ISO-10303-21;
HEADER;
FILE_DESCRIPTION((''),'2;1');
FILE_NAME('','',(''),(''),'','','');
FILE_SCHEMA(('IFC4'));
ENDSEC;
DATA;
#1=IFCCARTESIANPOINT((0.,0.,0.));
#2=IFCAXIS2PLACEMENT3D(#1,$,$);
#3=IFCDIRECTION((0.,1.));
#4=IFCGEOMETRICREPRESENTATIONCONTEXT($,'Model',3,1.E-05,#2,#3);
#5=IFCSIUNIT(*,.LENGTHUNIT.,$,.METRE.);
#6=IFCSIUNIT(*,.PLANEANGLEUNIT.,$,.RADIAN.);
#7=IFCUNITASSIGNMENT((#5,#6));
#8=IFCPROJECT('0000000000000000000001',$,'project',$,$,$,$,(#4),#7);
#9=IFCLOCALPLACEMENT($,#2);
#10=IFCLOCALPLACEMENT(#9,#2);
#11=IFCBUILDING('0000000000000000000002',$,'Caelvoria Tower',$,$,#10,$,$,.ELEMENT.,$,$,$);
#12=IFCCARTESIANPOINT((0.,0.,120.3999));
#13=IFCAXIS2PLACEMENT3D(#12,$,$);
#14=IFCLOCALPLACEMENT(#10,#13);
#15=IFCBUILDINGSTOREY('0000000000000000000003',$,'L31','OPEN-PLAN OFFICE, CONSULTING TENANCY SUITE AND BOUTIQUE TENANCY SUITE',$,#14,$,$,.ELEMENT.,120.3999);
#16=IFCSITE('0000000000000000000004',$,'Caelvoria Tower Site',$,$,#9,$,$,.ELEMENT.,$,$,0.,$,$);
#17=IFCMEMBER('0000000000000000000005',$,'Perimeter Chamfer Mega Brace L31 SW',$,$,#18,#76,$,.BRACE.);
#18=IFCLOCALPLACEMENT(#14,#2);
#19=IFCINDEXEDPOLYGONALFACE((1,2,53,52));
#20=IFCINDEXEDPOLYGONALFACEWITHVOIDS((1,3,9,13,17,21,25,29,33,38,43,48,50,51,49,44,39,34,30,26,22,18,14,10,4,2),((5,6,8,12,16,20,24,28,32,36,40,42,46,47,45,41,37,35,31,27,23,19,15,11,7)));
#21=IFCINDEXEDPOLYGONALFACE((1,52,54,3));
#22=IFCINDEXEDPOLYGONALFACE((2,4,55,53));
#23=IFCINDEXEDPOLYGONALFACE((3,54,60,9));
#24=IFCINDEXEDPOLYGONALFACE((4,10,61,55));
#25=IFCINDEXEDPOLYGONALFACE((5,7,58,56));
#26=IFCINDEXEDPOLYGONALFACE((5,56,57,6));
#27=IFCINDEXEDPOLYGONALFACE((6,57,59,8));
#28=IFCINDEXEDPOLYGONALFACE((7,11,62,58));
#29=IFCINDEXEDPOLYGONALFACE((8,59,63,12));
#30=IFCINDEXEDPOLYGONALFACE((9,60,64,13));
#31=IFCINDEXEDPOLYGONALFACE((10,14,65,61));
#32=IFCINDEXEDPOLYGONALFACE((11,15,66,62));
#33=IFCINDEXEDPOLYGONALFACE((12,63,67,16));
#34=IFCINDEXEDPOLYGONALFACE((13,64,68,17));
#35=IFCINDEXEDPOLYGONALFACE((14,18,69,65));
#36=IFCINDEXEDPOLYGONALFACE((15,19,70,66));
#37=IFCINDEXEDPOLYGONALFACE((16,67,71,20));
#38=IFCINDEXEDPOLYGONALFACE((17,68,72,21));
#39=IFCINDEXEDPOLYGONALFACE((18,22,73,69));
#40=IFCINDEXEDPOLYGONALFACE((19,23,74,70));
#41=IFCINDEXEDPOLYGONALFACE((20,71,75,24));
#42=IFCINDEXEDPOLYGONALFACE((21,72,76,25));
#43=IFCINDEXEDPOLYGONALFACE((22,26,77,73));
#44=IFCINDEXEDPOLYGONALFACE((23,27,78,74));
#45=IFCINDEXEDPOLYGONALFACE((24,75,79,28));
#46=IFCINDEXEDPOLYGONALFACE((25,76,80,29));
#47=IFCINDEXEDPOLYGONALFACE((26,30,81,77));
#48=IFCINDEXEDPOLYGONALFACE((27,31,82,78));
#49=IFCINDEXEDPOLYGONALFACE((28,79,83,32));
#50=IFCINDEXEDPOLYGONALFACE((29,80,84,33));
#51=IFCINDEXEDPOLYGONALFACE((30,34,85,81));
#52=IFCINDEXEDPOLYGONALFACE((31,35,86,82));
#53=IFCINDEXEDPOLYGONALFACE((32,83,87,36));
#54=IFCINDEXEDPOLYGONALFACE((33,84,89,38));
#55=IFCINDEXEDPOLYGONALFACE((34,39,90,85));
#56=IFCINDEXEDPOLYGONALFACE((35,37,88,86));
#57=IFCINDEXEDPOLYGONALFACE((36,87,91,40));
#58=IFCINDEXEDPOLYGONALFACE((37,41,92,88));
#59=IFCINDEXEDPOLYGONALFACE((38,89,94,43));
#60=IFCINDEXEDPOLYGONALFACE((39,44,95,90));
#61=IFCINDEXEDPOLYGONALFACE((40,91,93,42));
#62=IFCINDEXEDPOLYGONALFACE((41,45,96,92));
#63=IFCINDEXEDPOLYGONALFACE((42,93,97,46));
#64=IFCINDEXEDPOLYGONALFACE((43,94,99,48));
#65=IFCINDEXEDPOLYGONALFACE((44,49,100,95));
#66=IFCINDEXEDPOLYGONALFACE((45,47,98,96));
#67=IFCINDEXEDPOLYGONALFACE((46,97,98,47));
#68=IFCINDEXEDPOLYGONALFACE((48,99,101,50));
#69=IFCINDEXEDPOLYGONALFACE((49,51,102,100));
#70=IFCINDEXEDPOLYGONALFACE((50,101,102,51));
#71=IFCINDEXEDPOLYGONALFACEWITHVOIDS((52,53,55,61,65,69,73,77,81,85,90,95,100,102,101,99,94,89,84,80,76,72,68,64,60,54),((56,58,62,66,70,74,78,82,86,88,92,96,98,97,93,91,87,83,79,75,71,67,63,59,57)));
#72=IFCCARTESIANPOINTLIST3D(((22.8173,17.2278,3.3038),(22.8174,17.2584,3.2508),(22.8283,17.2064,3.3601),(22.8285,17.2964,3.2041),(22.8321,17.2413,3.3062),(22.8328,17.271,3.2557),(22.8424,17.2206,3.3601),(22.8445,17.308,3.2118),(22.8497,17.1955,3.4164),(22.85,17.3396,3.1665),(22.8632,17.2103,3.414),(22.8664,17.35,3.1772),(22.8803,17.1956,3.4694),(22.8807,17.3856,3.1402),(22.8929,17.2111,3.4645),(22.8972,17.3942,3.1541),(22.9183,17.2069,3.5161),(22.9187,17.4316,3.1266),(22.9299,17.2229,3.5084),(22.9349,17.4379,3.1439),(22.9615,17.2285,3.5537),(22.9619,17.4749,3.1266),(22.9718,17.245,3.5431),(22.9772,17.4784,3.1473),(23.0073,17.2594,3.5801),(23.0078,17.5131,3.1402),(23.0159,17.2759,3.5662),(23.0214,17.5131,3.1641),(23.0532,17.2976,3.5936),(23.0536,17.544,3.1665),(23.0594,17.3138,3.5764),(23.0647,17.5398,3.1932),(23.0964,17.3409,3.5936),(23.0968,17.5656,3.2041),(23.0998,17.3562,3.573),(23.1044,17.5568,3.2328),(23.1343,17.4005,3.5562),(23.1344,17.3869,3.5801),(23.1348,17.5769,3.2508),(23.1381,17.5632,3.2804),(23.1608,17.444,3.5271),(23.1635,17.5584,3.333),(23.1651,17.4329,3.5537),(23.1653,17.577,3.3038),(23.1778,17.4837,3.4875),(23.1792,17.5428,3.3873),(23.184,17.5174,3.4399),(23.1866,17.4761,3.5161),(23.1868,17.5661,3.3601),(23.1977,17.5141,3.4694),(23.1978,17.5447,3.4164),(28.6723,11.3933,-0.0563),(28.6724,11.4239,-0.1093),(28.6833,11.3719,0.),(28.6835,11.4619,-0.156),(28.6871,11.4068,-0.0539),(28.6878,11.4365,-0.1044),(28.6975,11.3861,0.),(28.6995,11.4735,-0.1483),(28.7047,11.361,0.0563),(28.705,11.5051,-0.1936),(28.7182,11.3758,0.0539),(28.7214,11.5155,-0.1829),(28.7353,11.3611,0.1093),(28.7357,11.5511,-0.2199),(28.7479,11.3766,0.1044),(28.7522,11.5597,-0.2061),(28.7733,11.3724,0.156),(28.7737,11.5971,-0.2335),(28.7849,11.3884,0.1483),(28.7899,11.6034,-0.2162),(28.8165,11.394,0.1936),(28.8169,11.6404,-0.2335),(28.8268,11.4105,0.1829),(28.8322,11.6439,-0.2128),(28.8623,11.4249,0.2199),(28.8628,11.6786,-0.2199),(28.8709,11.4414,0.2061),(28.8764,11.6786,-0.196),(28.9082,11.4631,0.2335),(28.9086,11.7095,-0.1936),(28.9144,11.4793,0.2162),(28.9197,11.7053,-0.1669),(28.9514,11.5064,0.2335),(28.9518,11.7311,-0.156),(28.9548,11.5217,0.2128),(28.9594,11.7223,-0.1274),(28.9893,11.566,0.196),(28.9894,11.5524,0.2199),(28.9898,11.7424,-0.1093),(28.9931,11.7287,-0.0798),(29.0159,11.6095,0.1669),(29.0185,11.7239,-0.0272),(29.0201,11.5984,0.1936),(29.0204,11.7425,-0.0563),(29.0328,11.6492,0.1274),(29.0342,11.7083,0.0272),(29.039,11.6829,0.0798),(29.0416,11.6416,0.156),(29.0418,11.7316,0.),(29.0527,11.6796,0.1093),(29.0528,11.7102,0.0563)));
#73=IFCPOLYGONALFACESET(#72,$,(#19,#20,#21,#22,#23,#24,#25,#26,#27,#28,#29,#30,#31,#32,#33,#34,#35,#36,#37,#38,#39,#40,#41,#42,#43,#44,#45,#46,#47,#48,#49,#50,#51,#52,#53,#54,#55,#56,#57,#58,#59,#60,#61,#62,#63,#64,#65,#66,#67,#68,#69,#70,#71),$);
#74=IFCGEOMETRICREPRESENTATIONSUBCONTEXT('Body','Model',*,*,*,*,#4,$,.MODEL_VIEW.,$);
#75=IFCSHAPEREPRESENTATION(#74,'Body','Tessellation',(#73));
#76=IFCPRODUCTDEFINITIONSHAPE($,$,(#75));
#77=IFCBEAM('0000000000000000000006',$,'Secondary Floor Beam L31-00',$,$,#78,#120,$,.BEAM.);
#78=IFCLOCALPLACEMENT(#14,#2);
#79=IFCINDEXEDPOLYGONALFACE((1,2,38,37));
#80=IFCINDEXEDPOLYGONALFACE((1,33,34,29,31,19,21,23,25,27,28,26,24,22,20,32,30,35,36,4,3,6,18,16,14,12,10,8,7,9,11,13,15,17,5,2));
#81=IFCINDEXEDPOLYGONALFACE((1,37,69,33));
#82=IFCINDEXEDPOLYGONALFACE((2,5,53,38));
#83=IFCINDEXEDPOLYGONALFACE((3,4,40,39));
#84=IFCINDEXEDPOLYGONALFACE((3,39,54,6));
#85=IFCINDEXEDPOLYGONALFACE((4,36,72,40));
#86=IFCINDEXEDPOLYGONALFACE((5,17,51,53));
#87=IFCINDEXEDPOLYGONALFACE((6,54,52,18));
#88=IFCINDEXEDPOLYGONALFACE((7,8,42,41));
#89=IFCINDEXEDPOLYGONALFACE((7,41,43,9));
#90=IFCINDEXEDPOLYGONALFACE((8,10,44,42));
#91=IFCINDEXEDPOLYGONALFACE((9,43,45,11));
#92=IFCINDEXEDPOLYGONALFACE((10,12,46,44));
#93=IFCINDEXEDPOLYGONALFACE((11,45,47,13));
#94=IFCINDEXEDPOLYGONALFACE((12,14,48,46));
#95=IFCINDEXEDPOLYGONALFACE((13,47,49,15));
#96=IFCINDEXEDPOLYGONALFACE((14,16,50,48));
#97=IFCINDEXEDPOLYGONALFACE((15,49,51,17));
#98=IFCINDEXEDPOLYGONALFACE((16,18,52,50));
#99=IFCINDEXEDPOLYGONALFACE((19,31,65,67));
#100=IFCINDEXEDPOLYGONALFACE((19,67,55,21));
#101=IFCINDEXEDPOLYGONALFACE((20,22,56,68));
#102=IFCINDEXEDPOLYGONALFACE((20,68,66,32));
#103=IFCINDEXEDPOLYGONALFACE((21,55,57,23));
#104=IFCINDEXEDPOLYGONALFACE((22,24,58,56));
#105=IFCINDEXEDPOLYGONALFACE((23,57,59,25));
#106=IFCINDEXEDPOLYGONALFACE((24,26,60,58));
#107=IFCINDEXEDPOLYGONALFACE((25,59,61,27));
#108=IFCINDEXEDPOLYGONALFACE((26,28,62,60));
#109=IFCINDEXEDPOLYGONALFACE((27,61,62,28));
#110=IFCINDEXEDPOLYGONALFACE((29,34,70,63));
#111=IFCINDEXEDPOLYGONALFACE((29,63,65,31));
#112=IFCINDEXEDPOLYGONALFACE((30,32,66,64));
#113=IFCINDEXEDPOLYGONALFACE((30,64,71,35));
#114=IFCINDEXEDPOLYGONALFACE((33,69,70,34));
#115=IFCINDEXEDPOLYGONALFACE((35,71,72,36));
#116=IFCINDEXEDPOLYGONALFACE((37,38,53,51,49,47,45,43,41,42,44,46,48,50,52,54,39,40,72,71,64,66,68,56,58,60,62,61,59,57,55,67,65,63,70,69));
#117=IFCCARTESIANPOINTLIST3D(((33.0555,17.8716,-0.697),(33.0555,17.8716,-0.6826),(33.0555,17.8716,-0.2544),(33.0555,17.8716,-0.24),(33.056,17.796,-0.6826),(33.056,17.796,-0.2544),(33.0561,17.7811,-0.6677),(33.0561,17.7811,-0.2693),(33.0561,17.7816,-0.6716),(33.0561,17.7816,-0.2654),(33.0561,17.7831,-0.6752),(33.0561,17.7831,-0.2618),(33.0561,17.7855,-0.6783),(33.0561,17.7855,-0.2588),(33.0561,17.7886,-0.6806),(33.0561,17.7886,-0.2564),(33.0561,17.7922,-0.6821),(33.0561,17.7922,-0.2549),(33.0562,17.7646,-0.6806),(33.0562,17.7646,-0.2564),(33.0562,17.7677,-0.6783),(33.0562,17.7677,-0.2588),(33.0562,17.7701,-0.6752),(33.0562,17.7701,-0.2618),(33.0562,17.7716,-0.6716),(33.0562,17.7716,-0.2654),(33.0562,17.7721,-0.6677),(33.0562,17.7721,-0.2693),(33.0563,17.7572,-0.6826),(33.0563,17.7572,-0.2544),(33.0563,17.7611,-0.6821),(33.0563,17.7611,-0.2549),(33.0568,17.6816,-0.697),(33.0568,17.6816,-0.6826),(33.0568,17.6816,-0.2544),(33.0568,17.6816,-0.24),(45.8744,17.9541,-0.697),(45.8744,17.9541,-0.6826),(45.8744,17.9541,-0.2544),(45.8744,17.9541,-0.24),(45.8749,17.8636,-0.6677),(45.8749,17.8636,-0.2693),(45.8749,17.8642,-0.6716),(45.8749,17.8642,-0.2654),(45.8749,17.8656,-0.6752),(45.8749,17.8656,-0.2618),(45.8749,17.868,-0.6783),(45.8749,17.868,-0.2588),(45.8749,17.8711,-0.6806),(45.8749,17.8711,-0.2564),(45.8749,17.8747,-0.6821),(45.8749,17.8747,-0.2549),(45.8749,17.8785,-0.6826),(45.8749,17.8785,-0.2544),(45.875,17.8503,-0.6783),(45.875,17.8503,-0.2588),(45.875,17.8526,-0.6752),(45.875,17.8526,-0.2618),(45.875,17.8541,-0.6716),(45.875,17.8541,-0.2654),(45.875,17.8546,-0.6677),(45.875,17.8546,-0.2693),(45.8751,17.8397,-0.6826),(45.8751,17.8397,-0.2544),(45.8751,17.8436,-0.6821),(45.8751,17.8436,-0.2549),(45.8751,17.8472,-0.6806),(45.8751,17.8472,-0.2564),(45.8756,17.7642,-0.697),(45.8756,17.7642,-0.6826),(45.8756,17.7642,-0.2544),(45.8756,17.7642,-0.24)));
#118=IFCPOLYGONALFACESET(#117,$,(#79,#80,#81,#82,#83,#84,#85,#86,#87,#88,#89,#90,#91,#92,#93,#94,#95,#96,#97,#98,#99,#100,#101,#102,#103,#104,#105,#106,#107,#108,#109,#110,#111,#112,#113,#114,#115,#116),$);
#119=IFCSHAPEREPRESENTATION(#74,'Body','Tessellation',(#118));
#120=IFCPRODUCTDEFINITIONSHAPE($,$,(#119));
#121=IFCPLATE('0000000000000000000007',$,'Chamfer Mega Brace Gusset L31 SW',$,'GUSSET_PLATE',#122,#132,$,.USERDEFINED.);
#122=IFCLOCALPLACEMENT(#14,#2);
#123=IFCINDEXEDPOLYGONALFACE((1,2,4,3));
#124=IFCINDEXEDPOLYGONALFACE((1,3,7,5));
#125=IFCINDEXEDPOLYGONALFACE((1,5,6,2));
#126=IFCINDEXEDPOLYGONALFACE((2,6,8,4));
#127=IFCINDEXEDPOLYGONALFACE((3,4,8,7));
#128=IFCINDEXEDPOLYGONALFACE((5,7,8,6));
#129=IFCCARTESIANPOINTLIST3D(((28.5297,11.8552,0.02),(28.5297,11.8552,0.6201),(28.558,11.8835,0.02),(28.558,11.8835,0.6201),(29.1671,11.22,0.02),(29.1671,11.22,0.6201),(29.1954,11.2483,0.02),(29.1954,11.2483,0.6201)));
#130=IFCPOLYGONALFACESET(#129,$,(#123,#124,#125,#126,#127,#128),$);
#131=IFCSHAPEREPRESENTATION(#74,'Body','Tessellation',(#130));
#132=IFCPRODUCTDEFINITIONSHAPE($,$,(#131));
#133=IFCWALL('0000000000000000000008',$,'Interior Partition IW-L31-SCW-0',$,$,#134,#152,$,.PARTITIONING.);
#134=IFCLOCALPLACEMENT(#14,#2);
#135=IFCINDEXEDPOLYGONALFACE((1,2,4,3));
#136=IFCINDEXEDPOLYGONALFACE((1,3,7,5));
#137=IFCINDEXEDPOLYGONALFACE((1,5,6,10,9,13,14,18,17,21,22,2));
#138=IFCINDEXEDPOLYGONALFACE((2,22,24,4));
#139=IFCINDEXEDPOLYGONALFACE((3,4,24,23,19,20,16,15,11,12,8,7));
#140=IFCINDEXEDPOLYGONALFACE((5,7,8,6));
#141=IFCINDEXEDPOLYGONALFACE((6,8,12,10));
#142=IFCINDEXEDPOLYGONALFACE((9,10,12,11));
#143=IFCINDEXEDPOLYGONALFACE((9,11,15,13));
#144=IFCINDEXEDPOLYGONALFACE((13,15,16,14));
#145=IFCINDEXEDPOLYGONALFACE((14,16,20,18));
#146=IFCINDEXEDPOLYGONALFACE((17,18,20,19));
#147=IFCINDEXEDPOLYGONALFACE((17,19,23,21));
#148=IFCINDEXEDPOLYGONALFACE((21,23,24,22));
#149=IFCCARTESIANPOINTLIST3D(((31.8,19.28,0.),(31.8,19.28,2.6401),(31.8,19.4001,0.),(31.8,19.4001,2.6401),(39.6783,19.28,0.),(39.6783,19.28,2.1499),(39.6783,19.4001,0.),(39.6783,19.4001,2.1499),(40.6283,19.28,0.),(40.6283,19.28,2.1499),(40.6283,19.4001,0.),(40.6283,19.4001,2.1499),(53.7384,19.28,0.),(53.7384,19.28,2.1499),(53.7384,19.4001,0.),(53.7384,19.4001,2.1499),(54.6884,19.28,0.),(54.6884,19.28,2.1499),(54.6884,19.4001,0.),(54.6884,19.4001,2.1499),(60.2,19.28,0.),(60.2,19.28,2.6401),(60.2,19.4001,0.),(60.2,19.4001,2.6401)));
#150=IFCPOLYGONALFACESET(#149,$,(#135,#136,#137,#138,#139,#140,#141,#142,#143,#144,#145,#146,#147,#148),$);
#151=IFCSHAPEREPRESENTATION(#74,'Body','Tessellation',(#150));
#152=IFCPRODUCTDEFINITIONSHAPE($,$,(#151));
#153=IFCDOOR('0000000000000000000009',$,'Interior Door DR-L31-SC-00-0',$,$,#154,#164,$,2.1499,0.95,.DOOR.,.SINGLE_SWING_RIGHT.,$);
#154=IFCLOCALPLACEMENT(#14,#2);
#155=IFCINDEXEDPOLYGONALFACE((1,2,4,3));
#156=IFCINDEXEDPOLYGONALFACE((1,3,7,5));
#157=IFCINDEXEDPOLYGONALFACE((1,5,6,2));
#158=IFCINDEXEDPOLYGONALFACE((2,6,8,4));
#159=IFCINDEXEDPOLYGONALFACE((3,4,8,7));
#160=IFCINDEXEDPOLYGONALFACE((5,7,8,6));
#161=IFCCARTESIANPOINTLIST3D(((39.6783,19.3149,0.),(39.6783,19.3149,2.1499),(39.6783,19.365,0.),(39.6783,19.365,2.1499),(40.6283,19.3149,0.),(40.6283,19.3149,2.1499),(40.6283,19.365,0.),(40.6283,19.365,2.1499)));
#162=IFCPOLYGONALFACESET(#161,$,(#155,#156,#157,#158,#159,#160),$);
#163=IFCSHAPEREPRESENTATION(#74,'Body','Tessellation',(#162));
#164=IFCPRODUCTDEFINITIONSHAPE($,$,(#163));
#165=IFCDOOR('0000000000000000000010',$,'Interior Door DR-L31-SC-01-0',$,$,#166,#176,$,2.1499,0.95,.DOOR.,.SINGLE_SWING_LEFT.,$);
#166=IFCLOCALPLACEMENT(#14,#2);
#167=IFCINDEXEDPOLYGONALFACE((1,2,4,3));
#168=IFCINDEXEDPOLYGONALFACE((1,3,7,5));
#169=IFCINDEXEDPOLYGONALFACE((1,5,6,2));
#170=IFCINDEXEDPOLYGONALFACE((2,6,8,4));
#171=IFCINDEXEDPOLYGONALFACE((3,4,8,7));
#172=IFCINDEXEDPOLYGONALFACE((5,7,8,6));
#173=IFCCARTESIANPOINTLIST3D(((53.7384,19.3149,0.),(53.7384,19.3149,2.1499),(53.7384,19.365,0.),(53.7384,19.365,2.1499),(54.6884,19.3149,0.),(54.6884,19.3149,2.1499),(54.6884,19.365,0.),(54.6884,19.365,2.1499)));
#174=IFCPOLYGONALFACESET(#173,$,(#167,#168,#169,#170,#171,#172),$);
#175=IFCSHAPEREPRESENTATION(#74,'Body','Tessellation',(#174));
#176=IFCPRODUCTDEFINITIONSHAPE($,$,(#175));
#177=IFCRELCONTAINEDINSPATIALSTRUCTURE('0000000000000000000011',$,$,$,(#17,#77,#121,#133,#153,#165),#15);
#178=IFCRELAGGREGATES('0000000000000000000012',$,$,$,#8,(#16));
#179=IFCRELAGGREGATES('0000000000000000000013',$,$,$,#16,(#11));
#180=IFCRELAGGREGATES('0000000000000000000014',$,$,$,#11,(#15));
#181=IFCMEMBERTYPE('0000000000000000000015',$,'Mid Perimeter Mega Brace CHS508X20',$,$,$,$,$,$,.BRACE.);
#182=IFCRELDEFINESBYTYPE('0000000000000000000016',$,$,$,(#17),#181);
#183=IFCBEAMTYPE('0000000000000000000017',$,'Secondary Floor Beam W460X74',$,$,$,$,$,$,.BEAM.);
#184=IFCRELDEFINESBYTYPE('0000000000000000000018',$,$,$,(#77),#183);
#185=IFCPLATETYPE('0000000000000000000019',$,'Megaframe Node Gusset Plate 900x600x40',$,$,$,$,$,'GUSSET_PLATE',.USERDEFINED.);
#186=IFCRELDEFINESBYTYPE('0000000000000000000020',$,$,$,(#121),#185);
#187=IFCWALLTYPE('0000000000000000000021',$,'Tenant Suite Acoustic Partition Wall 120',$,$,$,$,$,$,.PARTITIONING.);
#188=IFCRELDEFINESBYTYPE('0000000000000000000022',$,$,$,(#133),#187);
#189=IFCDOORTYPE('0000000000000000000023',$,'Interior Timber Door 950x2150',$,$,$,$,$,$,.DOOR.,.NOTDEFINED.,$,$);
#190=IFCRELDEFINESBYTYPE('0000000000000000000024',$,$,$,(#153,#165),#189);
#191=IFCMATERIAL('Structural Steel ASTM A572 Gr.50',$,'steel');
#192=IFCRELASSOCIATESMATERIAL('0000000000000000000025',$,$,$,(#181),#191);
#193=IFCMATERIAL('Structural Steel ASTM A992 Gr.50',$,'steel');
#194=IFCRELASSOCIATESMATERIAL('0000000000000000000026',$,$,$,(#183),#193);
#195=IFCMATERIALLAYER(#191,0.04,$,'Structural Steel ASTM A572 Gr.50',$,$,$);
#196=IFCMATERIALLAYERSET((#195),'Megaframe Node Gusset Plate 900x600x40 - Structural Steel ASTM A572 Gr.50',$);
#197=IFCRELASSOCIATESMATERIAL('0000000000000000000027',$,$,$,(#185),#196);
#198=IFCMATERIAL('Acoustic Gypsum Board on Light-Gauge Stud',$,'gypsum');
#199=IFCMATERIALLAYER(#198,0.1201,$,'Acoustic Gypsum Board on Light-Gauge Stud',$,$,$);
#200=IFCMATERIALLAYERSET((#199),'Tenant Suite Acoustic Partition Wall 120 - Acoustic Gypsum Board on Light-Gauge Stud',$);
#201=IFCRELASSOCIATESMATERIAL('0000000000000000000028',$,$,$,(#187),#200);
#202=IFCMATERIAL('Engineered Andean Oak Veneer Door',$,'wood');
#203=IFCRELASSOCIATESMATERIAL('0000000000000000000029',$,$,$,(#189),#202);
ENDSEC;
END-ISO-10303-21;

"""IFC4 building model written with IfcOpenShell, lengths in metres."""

from ifc_helpers import new_model, si_unit, direction, frame, frame_2d, origin, origin_2d, place, context, subcontext, project, spatial, rectangle, hollow_circle, i_section, extrude, material, layer, layer_set, material_profile, profile_set, type_object, element, fill, save


model = new_model("IFC4")

# Units and contexts
model_context = context("Model", 3, precision=1e-05, world=origin(), true_north=direction((0.0, 1.0)))
body_context = subcontext(model_context, "Body", "Model", "MODEL_VIEW")
ifc_project = project(units=[si_unit("LENGTHUNIT", "METRE"), si_unit("PLANEANGLEUNIT", "RADIAN")], contexts=[model_context])

# Site, building, storey
site_placement = place(None, origin())
site = spatial("IfcSite", under=ifc_project, at=site_placement, Name="Caelvoria Tower Site", CompositionType="ELEMENT", RefElevation=0.0)
building_placement = place(site_placement, origin())
building = spatial("IfcBuilding", under=site, at=building_placement, Name="Caelvoria Tower", CompositionType="ELEMENT")
storey_placement = place(building_placement, frame((0.0, 0.0, 120.3999)))
storey = spatial("IfcBuildingStorey", under=building, at=storey_placement, Name="L31", Description="OPEN-PLAN OFFICE, CONSULTING TENANCY SUITE AND BOUTIQUE TENANCY SUITE", CompositionType="ELEMENT", Elevation=120.3999)

# Member
ifc_material_1 = material(Name="Structural Steel ASTM A572 Gr.50", Category="steel")
ifc_material_profile_1 = material_profile(ifc_material_1, hollow_circle(Radius=0.2539, WallThickness=0.02, at=origin_2d()), Name="Structural Steel ASTM A572 Gr.50")
ifc_profile_set_1 = profile_set([ifc_material_profile_1], Name="CHS508X20 - Structural Steel ASTM A572 Gr.50")
member_type = type_object("IfcMemberType", Name="Mid Perimeter Mega Brace CHS508X20", PredefinedType="BRACE", material=ifc_profile_set_1)
member_placement = place(storey_placement, frame((28.8625, 11.5518, 0.0), z_axis=(-0.656199, 0.653901, 0.376585), x_axis=(-0.705865, -0.708346, 0.0)))
element("IfcMember", 1, at=member_placement, inside=storey, type_object=member_type, Name="Perimeter Chamfer Mega Brace L31 SW", PredefinedType="BRACE", context=body_context, shape_type="SweptSolid", body=[
    extrude(hollow_circle(Radius=0.2539, WallThickness=0.02, at=origin_2d()), origin(), (0.0, 0.0, 1.0), 8.9226),
])

# Beam
ifc_material_2 = material(Name="Structural Steel ASTM A992 Gr.50", Category="steel")
ifc_material_profile_2 = material_profile(ifc_material_2, i_section(OverallWidth=0.1899, OverallDepth=0.457, WebThickness=0.009, FlangeThickness=0.0144, FilletRadius=0.0149, at=origin_2d()), Name="Structural Steel ASTM A992 Gr.50")
ifc_profile_set_2 = profile_set([ifc_material_profile_2], Name="W460X74 - Structural Steel ASTM A992 Gr.50")
beam_type = type_object("IfcBeamType", Name="Secondary Floor Beam W460X74", PredefinedType="BEAM", material=ifc_profile_set_2)
beam_placement = place(storey_placement, frame((33.0562, 17.7766, -0.4685), z_axis=(0.999979, 0.006437, 0.0), x_axis=(-0.006437, 0.999979, 0.0)))
element("IfcBeam", 2, at=beam_placement, inside=storey, type_object=beam_type, Name="Secondary Floor Beam L31-00", PredefinedType="BEAM", context=body_context, shape_type="SweptSolid", body=[
    extrude(i_section(OverallWidth=0.1899, OverallDepth=0.457, WebThickness=0.009, FlangeThickness=0.0144, FilletRadius=0.0149, at=origin_2d()), origin(), (0.0, 0.0, 1.0), 12.8191),
])

# Plate
ifc_layer_1 = layer(ifc_material_1, 0.04, Name="Structural Steel ASTM A572 Gr.50")
ifc_layer_set_1 = layer_set([ifc_layer_1], Name="Megaframe Node Gusset Plate 900x600x40 - Structural Steel ASTM A572 Gr.50")
plate_type = type_object("IfcPlateType", Name="Megaframe Node Gusset Plate 900x600x40", ElementType="GUSSET_PLATE", PredefinedType="USERDEFINED", material=ifc_layer_set_1)
plate_placement = place(storey_placement, frame((28.8625, 11.5518, 0.02), z_axis=(0.0, 0.0, 1.0), x_axis=(-0.708346, 0.705865, 0.0)))
element("IfcPlate", 3, at=plate_placement, inside=storey, type_object=plate_type, Name="Chamfer Mega Brace Gusset L31 SW", ObjectType="GUSSET_PLATE", PredefinedType="USERDEFINED", context=body_context, shape_type="SweptSolid", body=[
    extrude(rectangle(XDim=0.8999, YDim=0.04, at=origin_2d()), origin(), (0.0, 0.0, 1.0), 0.6001),
])

# Wall, openings, doors
ifc_material_3 = material(Name="Acoustic Gypsum Board on Light-Gauge Stud", Category="gypsum")
ifc_layer_2 = layer(ifc_material_3, 0.1201, Name="Acoustic Gypsum Board on Light-Gauge Stud")
ifc_layer_set_2 = layer_set([ifc_layer_2], Name="Tenant Suite Acoustic Partition Wall 120 - Acoustic Gypsum Board on Light-Gauge Stud")
wall_type = type_object("IfcWallType", Name="Tenant Suite Acoustic Partition Wall 120", PredefinedType="PARTITIONING", material=ifc_layer_set_2)
wall_placement = place(storey_placement, frame((31.8, 19.3401, 0.0), z_axis=(0.0, 0.0, 1.0), x_axis=(1.0, 0.0, 0.0)))
wall = element("IfcWall", 4, at=wall_placement, inside=storey, type_object=wall_type, Name="Interior Partition IW-L31-SCW-0", PredefinedType="PARTITIONING", context=body_context, shape_type="SweptSolid", body=[
    extrude(rectangle(XDim=28.3999, YDim=0.1201, at=frame_2d((14.2, 0.0))), origin(), (0.0, 0.0, 1.0), 2.6401),
])
opening_1_placement = place(wall_placement, frame((7.8782, 0.0, 0.0)))
opening_1 = element("IfcOpeningElement", 5, at=opening_1_placement, cuts=wall, PredefinedType="OPENING", context=body_context, shape_type="SweptSolid", body=[
    extrude(rectangle(XDim=0.95, YDim=2.1499, at=frame_2d((0.4751, 1.075))), frame((0.0, 0.0701, 0.0), z_axis=(0.0, -1.0, 0.0), x_axis=(1.0, 0.0, 0.0)), (0.0, 0.0, 1.0), 0.1401),
])
opening_2_placement = place(wall_placement, frame((21.9382, 0.0, 0.0)))
opening_2 = element("IfcOpeningElement", 6, at=opening_2_placement, cuts=wall, PredefinedType="OPENING", context=body_context, shape_type="SweptSolid", body=[
    extrude(rectangle(XDim=0.95, YDim=2.1499, at=frame_2d((0.4751, 1.075))), frame((0.0, 0.0701, 0.0), z_axis=(0.0, -1.0, 0.0), x_axis=(1.0, 0.0, 0.0)), (0.0, 0.0, 1.0), 0.1401),
])
ifc_material_4 = material(Name="Engineered Andean Oak Veneer Door", Category="wood")
door_type = type_object("IfcDoorType", Name="Interior Timber Door 950x2150", OperationType="NOTDEFINED", PredefinedType="DOOR", material=ifc_material_4)
door_1_placement = place(opening_1_placement, origin())
door_1 = element("IfcDoor", 7, at=door_1_placement, inside=storey, type_object=door_type, Name="Interior Door DR-L31-SC-00-0", OperationType="SINGLE_SWING_RIGHT", OverallHeight=2.1499, OverallWidth=0.95, PredefinedType="DOOR", context=body_context, shape_type="SweptSolid", body=[
    extrude(rectangle(XDim=0.95, YDim=2.1499, at=frame_2d((0.4751, 1.075))), frame((0.0, 0.0249, 0.0), z_axis=(0.0, -1.0, 0.0), x_axis=(1.0, 0.0, 0.0)), (0.0, 0.0, 1.0), 0.05),
])
fill(opening_1, door_1)
door_2_placement = place(opening_2_placement, origin())
door_2 = element("IfcDoor", 8, at=door_2_placement, inside=storey, type_object=door_type, Name="Interior Door DR-L31-SC-01-0", OperationType="SINGLE_SWING_LEFT", OverallHeight=2.1499, OverallWidth=0.95, PredefinedType="DOOR", context=body_context, shape_type="SweptSolid", body=[
    extrude(rectangle(XDim=0.95, YDim=2.1499, at=frame_2d((0.4751, 1.075))), frame((0.0, 0.0249, 0.0), z_axis=(0.0, -1.0, 0.0), x_axis=(1.0, 0.0, 0.0)), (0.0, 0.0, 1.0), 0.05),
])
fill(opening_2, door_2)

save(model, "model.ifc")
